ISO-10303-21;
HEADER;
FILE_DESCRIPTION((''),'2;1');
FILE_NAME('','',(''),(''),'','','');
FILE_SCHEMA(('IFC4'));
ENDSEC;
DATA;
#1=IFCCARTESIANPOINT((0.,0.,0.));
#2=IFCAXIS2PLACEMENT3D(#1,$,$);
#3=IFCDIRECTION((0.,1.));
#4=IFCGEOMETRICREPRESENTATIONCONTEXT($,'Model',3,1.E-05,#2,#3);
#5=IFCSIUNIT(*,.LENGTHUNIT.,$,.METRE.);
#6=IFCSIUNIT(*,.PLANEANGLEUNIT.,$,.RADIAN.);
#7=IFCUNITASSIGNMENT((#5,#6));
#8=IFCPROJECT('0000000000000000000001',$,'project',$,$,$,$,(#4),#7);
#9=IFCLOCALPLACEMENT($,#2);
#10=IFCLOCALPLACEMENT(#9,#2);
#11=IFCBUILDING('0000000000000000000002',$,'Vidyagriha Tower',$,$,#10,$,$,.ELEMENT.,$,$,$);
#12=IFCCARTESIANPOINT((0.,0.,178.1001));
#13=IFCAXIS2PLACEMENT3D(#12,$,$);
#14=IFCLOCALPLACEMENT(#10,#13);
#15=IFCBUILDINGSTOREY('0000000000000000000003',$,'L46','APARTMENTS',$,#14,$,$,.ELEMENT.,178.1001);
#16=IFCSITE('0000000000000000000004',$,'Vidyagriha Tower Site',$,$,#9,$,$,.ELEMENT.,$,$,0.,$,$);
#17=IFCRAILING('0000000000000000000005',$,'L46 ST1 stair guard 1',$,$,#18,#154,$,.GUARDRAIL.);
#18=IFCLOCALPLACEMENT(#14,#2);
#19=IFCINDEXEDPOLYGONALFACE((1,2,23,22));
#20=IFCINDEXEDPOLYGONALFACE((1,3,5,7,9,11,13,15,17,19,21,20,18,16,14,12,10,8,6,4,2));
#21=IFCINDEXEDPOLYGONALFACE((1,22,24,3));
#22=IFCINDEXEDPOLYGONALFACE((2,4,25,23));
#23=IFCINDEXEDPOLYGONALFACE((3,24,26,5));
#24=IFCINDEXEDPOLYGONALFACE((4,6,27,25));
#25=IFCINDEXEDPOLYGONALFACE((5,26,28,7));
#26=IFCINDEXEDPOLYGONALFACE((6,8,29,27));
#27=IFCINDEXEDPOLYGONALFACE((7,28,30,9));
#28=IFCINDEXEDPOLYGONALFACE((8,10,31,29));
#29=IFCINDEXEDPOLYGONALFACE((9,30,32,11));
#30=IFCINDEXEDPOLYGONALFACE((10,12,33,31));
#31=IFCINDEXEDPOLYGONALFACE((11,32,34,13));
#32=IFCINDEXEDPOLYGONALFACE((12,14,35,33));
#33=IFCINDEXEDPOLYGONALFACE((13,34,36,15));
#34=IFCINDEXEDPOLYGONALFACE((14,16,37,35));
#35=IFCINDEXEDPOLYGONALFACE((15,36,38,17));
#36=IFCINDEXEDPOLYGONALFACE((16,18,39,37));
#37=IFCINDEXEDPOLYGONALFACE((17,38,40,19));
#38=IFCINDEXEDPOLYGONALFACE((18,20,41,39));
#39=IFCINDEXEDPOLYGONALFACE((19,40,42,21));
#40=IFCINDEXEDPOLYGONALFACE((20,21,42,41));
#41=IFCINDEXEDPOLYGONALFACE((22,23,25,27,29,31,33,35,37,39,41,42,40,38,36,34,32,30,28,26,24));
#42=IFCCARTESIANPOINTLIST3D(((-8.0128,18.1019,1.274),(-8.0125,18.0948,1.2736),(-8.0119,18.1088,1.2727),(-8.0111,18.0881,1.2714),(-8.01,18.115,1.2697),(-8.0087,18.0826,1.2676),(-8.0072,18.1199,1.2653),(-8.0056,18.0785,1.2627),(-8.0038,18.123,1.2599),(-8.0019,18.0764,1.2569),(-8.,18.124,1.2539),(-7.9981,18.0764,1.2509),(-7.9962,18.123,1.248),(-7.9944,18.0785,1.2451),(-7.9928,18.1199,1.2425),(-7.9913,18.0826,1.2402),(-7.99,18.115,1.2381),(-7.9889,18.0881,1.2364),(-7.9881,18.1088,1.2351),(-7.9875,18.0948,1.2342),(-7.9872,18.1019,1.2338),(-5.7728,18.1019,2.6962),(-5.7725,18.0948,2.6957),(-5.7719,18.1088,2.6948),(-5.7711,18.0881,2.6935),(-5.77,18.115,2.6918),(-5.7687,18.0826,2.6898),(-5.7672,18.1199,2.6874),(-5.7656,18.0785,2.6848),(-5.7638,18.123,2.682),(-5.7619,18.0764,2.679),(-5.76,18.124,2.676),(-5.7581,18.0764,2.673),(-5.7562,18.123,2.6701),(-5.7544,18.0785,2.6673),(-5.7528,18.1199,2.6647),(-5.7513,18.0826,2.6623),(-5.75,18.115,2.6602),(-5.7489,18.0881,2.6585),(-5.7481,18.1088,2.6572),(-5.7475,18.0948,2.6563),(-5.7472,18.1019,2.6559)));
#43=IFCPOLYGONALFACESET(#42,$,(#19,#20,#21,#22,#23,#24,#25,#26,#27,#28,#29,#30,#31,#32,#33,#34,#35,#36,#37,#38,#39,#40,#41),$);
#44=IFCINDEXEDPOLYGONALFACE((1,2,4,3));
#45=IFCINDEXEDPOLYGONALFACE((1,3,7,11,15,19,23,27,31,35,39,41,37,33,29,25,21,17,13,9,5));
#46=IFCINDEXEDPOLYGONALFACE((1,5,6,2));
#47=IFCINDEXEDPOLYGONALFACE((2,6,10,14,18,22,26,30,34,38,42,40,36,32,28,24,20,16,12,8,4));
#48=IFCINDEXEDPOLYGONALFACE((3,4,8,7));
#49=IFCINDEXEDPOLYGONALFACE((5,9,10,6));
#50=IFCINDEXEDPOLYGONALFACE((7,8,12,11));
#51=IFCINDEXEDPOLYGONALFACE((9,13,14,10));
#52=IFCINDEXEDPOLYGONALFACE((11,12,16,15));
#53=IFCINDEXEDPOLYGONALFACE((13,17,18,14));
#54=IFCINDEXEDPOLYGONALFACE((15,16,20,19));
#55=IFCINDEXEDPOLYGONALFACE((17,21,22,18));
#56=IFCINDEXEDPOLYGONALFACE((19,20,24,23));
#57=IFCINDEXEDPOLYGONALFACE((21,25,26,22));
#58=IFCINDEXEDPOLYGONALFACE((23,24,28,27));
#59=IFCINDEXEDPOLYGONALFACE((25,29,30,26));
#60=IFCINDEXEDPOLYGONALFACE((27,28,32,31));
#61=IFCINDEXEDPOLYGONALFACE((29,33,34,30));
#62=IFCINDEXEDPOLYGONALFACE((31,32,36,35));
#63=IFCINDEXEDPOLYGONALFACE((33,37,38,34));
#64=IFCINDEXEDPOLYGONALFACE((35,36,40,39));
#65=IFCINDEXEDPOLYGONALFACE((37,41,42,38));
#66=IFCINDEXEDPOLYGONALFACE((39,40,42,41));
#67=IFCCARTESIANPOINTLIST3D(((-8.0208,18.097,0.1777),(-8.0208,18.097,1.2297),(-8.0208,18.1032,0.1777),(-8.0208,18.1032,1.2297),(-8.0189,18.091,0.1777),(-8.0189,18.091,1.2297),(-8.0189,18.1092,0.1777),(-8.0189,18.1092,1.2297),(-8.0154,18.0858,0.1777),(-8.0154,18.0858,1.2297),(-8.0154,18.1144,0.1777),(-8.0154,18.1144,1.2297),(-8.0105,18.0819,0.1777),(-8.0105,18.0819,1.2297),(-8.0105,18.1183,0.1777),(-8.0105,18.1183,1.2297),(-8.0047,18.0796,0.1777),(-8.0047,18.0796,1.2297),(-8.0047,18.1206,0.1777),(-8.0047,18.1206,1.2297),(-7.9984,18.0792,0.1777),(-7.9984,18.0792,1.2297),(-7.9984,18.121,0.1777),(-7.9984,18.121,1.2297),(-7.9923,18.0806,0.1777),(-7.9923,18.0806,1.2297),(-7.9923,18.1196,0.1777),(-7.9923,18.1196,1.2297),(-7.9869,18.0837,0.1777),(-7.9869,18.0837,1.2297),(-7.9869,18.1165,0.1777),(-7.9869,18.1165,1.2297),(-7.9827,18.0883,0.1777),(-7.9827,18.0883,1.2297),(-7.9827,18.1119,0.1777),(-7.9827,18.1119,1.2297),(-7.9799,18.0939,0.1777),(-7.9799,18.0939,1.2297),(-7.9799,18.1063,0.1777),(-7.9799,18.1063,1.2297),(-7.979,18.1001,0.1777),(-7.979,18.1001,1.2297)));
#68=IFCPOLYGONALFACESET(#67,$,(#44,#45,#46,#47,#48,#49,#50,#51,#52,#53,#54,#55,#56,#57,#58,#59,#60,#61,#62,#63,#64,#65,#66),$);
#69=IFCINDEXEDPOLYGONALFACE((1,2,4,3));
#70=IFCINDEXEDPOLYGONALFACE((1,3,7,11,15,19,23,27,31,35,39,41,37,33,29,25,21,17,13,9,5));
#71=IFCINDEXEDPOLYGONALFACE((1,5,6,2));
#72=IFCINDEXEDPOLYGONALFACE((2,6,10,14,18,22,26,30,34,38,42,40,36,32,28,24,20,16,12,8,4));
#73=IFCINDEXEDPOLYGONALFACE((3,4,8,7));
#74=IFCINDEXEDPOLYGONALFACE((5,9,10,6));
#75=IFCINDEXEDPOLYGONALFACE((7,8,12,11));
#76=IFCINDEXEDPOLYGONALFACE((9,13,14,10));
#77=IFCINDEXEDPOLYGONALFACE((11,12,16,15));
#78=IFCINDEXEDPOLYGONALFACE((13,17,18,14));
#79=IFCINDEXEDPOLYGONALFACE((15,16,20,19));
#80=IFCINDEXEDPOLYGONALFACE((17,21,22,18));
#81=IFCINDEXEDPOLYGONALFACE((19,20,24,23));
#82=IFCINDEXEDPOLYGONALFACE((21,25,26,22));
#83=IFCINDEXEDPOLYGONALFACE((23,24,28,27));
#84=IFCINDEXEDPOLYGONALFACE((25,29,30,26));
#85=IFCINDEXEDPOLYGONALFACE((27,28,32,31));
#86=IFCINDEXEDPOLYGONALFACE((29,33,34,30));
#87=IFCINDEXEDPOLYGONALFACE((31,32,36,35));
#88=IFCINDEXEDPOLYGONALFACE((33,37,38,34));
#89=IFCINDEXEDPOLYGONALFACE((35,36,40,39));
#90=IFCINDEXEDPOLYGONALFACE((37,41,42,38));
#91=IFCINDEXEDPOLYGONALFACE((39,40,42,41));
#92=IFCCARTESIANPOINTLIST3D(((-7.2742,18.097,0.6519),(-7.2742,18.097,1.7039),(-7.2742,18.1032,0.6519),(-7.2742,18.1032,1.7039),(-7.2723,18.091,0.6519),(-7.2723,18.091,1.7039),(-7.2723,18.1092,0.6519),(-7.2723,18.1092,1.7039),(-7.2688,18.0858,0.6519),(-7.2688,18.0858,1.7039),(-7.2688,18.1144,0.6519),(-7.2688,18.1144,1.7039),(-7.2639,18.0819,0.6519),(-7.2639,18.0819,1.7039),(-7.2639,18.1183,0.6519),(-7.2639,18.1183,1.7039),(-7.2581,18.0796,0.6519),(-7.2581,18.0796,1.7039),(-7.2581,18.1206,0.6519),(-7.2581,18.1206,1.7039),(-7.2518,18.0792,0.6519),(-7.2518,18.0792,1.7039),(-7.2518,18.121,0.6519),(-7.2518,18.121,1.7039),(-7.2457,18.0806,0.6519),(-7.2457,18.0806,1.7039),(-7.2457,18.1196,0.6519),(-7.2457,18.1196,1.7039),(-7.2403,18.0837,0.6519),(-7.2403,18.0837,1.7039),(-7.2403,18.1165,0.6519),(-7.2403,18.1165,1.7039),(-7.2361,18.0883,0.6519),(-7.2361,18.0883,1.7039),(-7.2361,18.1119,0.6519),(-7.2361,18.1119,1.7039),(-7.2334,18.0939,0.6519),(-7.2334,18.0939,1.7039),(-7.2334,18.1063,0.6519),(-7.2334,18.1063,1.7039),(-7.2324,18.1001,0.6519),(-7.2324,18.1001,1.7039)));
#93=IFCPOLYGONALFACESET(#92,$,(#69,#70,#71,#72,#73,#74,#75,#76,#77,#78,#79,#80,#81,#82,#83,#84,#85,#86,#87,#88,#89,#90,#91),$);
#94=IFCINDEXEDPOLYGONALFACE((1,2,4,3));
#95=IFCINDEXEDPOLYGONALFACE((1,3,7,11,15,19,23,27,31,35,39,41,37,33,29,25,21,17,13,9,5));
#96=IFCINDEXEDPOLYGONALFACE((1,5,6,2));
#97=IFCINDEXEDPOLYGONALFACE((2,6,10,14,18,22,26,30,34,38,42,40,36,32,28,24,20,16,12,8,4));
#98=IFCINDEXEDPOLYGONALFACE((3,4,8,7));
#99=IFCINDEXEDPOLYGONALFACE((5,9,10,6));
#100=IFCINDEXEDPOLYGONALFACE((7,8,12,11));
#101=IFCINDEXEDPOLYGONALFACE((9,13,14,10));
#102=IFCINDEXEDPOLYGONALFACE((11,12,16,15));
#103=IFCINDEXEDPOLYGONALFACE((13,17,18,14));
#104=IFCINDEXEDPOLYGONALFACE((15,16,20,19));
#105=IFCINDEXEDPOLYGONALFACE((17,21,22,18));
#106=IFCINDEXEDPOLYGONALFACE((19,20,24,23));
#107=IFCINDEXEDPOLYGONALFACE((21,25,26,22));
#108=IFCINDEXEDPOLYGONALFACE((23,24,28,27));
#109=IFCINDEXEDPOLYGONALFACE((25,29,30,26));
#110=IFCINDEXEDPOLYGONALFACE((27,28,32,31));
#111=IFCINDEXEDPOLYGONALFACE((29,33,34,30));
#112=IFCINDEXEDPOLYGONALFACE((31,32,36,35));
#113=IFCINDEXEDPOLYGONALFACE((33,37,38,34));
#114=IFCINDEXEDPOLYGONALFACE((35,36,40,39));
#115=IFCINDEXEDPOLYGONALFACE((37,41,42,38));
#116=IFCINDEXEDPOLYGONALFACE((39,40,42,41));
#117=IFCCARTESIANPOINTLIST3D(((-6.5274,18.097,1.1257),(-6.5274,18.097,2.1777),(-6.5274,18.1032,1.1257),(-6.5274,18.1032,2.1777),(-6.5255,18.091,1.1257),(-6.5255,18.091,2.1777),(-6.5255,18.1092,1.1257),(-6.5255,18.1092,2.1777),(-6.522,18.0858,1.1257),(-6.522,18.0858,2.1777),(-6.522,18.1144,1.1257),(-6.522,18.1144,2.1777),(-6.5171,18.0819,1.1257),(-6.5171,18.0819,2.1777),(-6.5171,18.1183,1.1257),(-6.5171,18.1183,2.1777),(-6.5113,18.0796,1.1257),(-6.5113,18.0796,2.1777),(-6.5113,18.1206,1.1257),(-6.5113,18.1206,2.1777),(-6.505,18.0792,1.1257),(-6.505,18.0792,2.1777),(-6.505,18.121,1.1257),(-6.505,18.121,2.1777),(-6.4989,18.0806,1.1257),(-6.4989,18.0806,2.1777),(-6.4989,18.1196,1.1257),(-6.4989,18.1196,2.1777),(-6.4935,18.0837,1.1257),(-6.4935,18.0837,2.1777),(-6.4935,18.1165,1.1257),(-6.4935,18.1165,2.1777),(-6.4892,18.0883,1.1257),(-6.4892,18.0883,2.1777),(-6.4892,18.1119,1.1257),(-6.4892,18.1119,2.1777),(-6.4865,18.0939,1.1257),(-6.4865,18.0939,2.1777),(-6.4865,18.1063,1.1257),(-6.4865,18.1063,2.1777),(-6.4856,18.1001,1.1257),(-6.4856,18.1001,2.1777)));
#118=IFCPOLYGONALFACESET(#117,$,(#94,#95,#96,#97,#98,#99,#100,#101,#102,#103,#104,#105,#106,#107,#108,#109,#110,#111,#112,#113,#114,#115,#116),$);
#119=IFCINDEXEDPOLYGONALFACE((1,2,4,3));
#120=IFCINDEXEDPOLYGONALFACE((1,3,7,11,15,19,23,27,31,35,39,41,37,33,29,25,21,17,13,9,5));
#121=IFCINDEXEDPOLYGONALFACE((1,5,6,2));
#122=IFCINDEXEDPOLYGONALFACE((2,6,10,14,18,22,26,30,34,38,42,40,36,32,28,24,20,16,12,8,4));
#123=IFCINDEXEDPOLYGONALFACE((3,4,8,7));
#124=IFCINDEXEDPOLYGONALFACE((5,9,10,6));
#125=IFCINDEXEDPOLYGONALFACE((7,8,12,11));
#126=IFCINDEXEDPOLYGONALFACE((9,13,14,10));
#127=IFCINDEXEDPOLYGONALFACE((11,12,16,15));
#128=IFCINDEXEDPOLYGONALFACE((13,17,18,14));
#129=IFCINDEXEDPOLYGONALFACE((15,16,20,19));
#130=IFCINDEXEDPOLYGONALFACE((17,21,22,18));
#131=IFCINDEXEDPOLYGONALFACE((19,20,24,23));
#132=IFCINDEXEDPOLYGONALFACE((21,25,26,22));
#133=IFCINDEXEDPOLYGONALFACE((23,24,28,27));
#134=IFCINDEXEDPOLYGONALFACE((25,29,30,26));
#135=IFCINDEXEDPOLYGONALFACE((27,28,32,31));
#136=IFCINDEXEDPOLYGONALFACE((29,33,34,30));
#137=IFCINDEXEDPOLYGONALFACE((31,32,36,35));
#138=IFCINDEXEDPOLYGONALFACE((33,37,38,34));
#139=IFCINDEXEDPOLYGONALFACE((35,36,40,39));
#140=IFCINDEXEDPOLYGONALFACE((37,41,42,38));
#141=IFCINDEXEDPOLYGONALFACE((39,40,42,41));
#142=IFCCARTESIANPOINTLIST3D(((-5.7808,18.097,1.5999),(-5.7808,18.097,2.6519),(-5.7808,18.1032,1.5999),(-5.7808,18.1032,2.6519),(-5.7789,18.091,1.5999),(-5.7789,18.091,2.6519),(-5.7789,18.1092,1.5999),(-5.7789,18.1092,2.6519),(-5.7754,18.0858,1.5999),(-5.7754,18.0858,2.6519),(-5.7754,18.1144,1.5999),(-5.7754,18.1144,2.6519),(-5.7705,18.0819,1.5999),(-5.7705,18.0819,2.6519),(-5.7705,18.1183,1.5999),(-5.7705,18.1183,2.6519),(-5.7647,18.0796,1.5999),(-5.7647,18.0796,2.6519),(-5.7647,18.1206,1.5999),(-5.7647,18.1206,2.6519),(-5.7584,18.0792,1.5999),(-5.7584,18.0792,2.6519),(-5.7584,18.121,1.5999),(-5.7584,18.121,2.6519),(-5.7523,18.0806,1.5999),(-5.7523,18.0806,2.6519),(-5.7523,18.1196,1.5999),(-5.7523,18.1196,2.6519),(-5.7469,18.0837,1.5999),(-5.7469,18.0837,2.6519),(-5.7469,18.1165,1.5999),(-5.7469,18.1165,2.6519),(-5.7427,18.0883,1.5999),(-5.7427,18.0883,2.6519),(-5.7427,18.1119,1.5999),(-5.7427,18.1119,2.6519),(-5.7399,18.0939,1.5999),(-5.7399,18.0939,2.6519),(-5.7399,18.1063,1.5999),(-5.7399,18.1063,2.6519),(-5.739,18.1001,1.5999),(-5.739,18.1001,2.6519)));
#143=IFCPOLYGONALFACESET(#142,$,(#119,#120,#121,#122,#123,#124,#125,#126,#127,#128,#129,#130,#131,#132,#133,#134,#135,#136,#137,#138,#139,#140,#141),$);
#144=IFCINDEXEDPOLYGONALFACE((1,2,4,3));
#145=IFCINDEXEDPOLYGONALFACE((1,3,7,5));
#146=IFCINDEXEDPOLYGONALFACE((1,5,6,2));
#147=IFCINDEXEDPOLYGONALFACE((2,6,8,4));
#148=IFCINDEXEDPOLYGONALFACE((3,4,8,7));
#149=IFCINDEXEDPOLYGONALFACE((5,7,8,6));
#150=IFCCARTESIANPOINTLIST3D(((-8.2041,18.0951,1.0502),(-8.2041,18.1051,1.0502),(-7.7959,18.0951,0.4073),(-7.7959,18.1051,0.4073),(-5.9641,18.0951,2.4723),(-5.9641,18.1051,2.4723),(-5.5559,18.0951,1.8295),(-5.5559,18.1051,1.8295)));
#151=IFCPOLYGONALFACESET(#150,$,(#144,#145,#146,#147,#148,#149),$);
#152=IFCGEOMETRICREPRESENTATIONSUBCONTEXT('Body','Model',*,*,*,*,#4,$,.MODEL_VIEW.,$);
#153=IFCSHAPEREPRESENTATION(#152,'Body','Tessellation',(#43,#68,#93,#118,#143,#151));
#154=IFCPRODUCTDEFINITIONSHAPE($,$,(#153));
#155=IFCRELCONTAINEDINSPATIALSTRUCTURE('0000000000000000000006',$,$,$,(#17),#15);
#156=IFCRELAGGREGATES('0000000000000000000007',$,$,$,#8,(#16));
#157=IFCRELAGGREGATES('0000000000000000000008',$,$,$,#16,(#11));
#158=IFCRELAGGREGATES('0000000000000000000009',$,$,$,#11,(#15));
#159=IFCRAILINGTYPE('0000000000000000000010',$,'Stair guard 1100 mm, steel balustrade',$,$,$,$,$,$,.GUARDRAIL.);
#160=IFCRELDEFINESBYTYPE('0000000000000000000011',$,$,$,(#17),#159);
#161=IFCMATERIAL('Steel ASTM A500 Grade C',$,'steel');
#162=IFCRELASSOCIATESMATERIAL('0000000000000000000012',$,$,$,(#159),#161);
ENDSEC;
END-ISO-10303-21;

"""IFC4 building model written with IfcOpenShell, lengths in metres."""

from ifc_helpers import new_model, si_unit, direction, frame, origin, origin_2d, place, context, subcontext, project, spatial, rectangle, circle, extrude, material, type_object, element, save


model = new_model("IFC4")

# Units and contexts
model_context = context("Model", 3, precision=1e-05, world=origin(), true_north=direction((0.0, 1.0)))
body_context = subcontext(model_context, "Body", "Model", "MODEL_VIEW")
ifc_project = project(units=[si_unit("LENGTHUNIT", "METRE"), si_unit("PLANEANGLEUNIT", "RADIAN")], contexts=[model_context])

# Site, building, storey
site_placement = place(None, origin())
site = spatial("IfcSite", under=ifc_project, at=site_placement, Name="Vidyagriha Tower Site", CompositionType="ELEMENT", RefElevation=0.0)
building_placement = place(site_placement, origin())
building = spatial("IfcBuilding", under=site, at=building_placement, Name="Vidyagriha Tower", CompositionType="ELEMENT")
storey_placement = place(building_placement, frame((0.0, 0.0, 178.1001)))
storey = spatial("IfcBuildingStorey", under=building, at=storey_placement, Name="L46", Description="APARTMENTS", CompositionType="ELEMENT", Elevation=178.1001)

# Railing
ifc_material_1 = material(Name="Steel ASTM A500 Grade C", Category="steel")
railing_type_1 = type_object("IfcRailingType", Name="Stair guard 1100 mm, steel balustrade", PredefinedType="GUARDRAIL", material=ifc_material_1)
railing_1_placement = place(storey_placement, frame((-8.0, 18.1001, 0.1777)))
element("IfcRailing", 1, at=railing_1_placement, inside=storey, type_object=railing_type_1, Name="L46 ST1 stair guard 1", PredefinedType="GUARDRAIL", context=body_context, shape_type="SweptSolid", body=[
    extrude(circle(Radius=0.0239, at=origin_2d()), frame((0.0, 0.0, 1.0762), z_axis=(0.844229, 0.0, 0.535982), x_axis=(0.0, 1.0, 0.0)), (0.0, 0.0, 1.0), 2.6533),
    extrude(circle(Radius=0.021, at=origin_2d()), origin(), (0.0, 0.0, 1.0), 1.052),
    extrude(circle(Radius=0.021, at=origin_2d()), frame((0.7466, 0.0, 0.4741)), (0.0, 0.0, 1.0), 1.052),
    extrude(circle(Radius=0.021, at=origin_2d()), frame((1.4934, 0.0, 0.948)), (0.0, 0.0, 1.0), 1.052),
    extrude(circle(Radius=0.021, at=origin_2d()), frame((2.24, 0.0, 1.4221)), (0.0, 0.0, 1.0), 1.052),
    extrude(rectangle(XDim=0.01, YDim=0.7615, at=origin_2d()), frame((0.0, 0.0, 0.551), z_axis=(0.844229, 0.0, 0.535982), x_axis=(0.0, 1.0, 0.0)), (0.0, 0.0, 1.0), 2.6533),
])

save(model, "model.ifc")
